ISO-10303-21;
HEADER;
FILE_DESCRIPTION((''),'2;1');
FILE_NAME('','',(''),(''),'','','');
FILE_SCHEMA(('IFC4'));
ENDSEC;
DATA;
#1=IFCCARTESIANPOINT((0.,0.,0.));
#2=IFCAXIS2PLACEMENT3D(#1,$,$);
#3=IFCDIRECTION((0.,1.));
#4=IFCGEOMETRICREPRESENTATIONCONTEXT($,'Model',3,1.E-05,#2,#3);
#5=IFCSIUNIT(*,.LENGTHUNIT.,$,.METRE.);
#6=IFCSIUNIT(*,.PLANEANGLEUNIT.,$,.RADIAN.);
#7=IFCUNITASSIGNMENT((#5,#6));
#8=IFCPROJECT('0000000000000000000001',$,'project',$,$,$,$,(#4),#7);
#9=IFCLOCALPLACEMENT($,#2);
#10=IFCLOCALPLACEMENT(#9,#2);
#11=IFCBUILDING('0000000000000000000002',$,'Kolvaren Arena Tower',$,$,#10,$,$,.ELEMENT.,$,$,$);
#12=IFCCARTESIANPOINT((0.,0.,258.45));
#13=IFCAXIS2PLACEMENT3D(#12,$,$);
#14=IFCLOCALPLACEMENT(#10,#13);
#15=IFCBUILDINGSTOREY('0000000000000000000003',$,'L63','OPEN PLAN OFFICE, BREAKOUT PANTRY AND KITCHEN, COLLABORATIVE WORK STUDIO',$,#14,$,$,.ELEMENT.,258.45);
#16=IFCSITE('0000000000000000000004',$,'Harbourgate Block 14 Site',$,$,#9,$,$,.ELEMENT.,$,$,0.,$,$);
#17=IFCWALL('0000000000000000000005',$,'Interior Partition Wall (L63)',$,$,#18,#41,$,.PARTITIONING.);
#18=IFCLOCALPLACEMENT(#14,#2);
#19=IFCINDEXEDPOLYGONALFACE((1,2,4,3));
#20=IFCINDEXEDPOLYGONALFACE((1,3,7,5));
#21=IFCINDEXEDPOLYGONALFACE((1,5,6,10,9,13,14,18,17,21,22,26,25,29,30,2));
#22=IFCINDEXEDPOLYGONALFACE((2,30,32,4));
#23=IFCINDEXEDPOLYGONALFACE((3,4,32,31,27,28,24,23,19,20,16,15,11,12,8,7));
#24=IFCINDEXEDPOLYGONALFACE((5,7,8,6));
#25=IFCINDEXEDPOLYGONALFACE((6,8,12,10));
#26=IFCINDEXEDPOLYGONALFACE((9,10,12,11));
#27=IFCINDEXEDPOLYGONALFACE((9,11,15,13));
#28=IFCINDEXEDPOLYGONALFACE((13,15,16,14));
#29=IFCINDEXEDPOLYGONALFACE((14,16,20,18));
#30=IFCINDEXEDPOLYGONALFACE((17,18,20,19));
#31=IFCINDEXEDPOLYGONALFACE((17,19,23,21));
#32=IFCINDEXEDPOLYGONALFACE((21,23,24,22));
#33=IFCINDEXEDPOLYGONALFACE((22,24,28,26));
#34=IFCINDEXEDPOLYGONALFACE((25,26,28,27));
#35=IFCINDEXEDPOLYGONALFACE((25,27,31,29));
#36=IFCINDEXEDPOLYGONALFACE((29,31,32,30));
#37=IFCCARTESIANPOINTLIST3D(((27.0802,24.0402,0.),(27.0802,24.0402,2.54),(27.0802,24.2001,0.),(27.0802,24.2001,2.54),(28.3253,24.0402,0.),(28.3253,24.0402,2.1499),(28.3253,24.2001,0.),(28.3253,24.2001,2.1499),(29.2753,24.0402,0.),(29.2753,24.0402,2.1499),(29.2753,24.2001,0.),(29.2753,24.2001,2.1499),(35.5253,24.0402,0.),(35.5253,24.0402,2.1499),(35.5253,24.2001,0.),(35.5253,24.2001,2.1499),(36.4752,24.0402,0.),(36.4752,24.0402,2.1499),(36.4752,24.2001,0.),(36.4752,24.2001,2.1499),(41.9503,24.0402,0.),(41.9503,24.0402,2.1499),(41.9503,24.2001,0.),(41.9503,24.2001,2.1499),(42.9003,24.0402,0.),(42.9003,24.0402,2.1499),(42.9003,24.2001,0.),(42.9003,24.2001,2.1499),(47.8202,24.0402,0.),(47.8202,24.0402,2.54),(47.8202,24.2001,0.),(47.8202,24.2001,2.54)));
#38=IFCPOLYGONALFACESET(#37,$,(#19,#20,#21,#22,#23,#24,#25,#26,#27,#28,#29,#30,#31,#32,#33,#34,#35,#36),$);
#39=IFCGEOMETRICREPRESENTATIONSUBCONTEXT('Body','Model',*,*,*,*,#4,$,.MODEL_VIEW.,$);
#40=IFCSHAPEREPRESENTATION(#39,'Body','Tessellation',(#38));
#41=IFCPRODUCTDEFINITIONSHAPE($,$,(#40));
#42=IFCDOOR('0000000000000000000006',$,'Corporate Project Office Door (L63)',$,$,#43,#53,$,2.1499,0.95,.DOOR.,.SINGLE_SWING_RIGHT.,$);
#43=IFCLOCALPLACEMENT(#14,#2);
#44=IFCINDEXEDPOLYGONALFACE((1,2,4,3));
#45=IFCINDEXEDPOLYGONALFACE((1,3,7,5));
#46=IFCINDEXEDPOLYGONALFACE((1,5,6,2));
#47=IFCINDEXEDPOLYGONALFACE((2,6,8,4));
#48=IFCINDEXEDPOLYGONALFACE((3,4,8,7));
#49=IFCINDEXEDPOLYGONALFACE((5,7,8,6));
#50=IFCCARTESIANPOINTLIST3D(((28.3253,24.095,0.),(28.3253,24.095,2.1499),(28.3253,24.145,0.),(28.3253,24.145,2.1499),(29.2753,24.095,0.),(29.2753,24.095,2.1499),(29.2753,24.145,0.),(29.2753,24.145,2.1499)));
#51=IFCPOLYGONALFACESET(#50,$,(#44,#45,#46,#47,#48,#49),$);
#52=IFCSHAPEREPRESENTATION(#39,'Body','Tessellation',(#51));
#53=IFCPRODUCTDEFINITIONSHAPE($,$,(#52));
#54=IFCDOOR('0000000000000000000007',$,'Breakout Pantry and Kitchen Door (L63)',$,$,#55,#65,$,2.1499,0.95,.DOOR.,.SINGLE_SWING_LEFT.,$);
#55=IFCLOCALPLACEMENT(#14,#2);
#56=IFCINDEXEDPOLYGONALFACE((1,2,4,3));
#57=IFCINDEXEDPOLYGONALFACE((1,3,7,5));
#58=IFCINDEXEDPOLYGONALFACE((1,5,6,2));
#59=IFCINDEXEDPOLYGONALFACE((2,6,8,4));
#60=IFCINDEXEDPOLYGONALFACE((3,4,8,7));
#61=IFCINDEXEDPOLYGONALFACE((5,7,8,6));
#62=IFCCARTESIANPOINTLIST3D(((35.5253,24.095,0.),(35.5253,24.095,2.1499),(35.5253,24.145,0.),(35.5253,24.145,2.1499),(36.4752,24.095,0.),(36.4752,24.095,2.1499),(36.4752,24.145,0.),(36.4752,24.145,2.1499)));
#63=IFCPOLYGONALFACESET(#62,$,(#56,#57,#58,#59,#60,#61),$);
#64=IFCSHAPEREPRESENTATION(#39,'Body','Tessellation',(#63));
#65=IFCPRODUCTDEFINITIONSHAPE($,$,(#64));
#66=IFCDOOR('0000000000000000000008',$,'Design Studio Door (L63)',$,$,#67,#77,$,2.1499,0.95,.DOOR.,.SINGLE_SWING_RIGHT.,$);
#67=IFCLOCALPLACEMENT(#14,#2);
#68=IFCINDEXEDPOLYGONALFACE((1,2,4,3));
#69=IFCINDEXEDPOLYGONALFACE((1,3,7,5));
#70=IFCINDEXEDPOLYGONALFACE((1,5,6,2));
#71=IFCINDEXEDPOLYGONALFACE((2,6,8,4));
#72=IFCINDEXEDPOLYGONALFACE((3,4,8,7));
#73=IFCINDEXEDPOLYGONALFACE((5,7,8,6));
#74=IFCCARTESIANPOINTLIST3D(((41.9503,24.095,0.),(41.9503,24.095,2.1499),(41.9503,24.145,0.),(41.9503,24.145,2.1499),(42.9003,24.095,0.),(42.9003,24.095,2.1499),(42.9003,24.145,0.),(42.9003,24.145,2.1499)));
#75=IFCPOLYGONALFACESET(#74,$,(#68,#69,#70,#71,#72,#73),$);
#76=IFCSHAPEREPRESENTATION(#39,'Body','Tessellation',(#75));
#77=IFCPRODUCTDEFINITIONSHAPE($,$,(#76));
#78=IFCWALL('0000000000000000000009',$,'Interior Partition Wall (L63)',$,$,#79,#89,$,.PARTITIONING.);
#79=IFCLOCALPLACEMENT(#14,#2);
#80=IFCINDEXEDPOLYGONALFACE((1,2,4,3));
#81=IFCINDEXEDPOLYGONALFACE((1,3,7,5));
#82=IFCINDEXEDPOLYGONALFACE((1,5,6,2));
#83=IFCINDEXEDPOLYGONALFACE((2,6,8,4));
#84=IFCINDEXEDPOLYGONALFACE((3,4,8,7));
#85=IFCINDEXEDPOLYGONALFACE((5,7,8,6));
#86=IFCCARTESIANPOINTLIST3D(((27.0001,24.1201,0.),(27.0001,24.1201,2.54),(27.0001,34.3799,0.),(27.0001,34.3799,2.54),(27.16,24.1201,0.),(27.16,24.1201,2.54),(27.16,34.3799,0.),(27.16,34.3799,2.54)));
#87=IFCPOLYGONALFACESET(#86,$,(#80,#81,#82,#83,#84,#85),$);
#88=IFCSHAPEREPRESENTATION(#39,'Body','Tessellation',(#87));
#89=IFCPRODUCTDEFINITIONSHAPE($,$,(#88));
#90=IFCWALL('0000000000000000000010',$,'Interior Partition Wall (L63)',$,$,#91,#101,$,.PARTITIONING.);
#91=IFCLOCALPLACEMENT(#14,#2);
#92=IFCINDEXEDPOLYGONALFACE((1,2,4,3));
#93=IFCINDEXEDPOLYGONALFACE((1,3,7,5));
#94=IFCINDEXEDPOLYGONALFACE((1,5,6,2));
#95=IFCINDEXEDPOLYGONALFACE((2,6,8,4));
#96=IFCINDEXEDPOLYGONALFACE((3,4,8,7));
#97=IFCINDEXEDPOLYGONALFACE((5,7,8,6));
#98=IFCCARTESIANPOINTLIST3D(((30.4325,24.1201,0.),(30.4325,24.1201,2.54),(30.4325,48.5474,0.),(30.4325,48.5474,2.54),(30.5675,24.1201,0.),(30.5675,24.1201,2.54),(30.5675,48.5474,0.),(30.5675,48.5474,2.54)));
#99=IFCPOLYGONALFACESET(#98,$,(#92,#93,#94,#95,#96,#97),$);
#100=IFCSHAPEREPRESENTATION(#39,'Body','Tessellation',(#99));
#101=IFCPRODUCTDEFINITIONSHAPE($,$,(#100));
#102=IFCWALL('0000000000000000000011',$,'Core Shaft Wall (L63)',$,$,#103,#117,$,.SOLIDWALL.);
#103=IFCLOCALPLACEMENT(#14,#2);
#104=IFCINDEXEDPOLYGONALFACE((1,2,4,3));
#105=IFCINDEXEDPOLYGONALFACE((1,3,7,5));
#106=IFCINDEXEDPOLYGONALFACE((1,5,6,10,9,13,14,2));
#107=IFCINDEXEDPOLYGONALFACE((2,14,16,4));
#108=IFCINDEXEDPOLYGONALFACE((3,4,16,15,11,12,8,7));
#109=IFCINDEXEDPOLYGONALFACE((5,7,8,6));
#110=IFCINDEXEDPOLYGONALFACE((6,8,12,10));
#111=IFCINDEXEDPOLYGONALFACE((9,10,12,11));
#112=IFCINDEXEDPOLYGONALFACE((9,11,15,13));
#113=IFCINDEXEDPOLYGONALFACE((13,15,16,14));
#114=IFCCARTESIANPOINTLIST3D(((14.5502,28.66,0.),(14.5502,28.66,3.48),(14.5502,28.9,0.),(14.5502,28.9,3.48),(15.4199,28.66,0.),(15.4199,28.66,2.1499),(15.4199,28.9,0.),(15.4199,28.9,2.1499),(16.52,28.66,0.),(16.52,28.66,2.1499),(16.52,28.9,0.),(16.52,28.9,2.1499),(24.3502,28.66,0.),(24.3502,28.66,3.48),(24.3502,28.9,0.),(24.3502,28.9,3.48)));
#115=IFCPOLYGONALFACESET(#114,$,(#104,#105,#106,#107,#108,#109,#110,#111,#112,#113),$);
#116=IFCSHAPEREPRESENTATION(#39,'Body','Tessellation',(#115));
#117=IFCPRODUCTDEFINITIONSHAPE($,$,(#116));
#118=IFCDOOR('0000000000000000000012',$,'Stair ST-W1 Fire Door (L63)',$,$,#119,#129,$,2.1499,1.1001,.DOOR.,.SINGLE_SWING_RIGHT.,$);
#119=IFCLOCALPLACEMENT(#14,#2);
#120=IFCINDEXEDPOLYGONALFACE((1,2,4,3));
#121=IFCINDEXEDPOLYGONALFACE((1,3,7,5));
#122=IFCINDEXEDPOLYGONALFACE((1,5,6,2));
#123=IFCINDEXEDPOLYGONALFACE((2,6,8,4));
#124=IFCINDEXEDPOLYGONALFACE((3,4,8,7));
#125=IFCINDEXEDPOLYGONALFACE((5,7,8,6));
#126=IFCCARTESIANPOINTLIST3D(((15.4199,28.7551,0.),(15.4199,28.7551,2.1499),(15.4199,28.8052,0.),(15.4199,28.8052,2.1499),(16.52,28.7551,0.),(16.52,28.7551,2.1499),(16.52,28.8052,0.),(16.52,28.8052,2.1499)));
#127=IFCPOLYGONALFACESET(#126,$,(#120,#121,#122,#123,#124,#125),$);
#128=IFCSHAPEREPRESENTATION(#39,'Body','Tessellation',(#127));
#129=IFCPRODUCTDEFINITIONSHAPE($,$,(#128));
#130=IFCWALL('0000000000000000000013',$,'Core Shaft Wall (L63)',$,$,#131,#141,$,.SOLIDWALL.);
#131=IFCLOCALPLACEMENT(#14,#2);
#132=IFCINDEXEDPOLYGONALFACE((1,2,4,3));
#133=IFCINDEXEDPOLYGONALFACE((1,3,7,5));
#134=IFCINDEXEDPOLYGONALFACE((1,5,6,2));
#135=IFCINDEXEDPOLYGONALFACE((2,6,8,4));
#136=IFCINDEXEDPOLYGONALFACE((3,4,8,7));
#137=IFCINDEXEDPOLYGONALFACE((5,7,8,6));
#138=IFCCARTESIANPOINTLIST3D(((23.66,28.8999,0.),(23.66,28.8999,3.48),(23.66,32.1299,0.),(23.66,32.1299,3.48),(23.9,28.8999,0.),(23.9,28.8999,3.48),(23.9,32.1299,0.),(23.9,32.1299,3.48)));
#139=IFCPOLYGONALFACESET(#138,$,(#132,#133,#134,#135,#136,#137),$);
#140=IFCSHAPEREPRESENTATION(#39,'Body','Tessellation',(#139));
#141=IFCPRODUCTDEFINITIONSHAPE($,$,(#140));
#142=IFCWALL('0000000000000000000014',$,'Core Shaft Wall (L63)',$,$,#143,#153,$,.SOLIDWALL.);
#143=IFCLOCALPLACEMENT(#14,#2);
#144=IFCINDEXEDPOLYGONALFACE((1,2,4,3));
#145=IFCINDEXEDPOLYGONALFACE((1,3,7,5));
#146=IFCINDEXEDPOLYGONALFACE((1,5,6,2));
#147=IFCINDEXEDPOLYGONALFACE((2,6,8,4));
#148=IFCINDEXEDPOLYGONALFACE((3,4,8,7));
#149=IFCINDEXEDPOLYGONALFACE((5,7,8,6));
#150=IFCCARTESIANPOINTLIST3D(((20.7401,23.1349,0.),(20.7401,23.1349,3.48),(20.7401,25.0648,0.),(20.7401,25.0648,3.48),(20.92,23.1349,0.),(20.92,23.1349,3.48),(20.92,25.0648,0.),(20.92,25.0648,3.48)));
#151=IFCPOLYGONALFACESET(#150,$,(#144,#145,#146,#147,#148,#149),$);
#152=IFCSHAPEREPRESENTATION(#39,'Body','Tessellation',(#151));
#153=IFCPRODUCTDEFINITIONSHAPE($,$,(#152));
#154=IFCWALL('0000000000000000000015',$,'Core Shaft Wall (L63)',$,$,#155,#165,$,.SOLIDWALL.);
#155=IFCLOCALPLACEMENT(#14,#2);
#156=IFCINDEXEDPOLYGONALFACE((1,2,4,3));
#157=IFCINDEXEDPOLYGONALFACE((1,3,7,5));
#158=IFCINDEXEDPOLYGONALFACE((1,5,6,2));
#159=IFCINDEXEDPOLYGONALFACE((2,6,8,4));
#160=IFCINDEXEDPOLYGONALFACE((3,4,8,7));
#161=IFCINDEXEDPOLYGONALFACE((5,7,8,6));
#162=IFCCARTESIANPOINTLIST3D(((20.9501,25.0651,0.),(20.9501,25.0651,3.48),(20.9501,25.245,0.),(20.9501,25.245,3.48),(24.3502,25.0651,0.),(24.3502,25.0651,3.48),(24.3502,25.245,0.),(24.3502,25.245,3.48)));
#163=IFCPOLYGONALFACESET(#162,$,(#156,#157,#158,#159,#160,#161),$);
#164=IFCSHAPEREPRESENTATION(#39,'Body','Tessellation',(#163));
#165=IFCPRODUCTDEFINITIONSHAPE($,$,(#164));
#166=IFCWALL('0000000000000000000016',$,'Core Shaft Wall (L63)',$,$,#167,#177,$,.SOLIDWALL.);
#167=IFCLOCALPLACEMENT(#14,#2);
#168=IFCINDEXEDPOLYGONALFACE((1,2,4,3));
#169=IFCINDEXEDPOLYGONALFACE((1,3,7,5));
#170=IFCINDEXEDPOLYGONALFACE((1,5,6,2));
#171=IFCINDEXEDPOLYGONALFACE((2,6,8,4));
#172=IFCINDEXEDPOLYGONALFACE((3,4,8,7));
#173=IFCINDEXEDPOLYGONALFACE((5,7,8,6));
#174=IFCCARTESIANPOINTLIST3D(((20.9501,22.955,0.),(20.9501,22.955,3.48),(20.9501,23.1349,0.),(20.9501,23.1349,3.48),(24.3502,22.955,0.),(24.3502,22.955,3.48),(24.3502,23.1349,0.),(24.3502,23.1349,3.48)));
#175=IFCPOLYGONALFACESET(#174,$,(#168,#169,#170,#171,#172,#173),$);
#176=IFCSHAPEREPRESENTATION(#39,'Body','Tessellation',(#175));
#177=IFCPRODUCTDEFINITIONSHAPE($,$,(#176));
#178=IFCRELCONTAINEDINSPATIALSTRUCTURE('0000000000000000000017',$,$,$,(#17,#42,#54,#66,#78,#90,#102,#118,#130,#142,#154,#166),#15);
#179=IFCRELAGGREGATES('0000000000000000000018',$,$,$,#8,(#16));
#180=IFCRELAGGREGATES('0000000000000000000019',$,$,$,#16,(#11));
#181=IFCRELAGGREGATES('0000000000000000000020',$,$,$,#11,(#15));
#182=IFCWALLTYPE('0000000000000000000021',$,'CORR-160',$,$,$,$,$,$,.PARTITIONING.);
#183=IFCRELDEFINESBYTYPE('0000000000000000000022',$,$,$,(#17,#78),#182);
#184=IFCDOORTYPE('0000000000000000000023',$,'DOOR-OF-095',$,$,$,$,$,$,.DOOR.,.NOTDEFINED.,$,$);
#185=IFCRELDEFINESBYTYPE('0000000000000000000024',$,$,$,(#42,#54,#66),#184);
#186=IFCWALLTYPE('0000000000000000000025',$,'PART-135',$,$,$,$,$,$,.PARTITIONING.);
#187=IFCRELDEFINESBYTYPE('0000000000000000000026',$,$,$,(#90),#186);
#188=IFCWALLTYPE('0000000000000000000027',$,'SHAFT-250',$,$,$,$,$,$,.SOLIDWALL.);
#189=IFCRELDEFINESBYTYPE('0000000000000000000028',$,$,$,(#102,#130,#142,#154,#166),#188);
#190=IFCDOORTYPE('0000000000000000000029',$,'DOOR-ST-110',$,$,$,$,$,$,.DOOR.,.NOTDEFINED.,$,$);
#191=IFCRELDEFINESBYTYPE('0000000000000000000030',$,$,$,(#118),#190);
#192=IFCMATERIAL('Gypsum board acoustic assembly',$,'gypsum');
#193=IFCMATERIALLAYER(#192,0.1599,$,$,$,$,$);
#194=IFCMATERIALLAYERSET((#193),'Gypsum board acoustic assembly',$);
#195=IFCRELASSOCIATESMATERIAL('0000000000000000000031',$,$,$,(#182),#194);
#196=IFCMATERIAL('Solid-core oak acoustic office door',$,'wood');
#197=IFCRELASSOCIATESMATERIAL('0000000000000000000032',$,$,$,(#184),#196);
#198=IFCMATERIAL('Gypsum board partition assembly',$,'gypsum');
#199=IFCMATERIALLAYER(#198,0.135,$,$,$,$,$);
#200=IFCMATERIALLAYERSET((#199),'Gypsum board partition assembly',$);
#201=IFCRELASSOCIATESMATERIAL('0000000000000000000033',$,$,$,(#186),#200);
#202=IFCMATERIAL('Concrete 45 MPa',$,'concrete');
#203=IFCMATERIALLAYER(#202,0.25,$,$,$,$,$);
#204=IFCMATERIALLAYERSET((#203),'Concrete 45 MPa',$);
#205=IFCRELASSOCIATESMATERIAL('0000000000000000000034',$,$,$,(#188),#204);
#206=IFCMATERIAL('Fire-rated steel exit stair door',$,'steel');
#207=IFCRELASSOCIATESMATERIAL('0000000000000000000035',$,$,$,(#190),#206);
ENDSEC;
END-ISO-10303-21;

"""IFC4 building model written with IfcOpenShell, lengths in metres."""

from ifc_helpers import new_model, si_unit, direction, frame, frame_2d, origin, place, context, subcontext, project, spatial, rectangle, extrude, material, layer, layer_set, type_object, element, fill, save


model = new_model("IFC4")

# Units and contexts
model_context = context("Model", 3, precision=1e-05, world=origin(), true_north=direction((0.0, 1.0)))
body_context = subcontext(model_context, "Body", "Model", "MODEL_VIEW")
ifc_project = project(units=[si_unit("LENGTHUNIT", "METRE"), si_unit("PLANEANGLEUNIT", "RADIAN")], contexts=[model_context])

# Site, building, storey
site_placement = place(None, origin())
site = spatial("IfcSite", under=ifc_project, at=site_placement, Name="Harbourgate Block 14 Site", CompositionType="ELEMENT", RefElevation=0.0)
building_placement = place(site_placement, origin())
building = spatial("IfcBuilding", under=site, at=building_placement, Name="Kolvaren Arena Tower", CompositionType="ELEMENT")
storey_placement = place(building_placement, frame((0.0, 0.0, 258.45)))
storey = spatial("IfcBuildingStorey", under=building, at=storey_placement, Name="L63", Description="OPEN PLAN OFFICE, BREAKOUT PANTRY AND KITCHEN, COLLABORATIVE WORK STUDIO", CompositionType="ELEMENT", Elevation=258.45)

# Wall, openings, doors
ifc_material_1 = material(Name="Gypsum board acoustic assembly", Category="gypsum")
ifc_layer_1 = layer(ifc_material_1, 0.1599)
ifc_layer_set_1 = layer_set([ifc_layer_1], Name="Gypsum board acoustic assembly")
wall_type_1 = type_object("IfcWallType", Name="CORR-160", PredefinedType="PARTITIONING", material=ifc_layer_set_1)
wall_1_placement = place(storey_placement, frame((27.0801, 24.1201, 0.0), z_axis=(0.0, 0.0, 1.0), x_axis=(1.0, 0.0, 0.0)))
wall_1 = element("IfcWall", 1, at=wall_1_placement, inside=storey, type_object=wall_type_1, Name="Interior Partition Wall (L63)", PredefinedType="PARTITIONING", context=body_context, shape_type="SweptSolid", body=[
    extrude(rectangle(XDim=20.74, YDim=0.1599, at=frame_2d((10.3701, 0.0))), origin(), (0.0, 0.0, 1.0), 2.54),
])
opening_1_placement = place(wall_1_placement, frame((1.2451, 0.0, 0.0)))
opening_1 = element("IfcOpeningElement", 2, at=opening_1_placement, cuts=wall_1, PredefinedType="OPENING", context=body_context, shape_type="SweptSolid", body=[
    extrude(rectangle(XDim=0.95, YDim=2.1499, at=frame_2d((0.4751, 1.075))), frame((0.0, 0.0898, 0.0), z_axis=(0.0, -1.0, 0.0), x_axis=(1.0, 0.0, 0.0)), (0.0, 0.0, 1.0), 0.1799),
])
opening_2_placement = place(wall_1_placement, frame((8.4451, 0.0, 0.0)))
opening_2 = element("IfcOpeningElement", 3, at=opening_2_placement, cuts=wall_1, PredefinedType="OPENING", context=body_context, shape_type="SweptSolid", body=[
    extrude(rectangle(XDim=0.95, YDim=2.1499, at=frame_2d((0.4751, 1.075))), frame((0.0, 0.0898, 0.0), z_axis=(0.0, -1.0, 0.0), x_axis=(1.0, 0.0, 0.0)), (0.0, 0.0, 1.0), 0.1799),
])
opening_3_placement = place(wall_1_placement, frame((14.8701, 0.0, 0.0)))
opening_3 = element("IfcOpeningElement", 4, at=opening_3_placement, cuts=wall_1, PredefinedType="OPENING", context=body_context, shape_type="SweptSolid", body=[
    extrude(rectangle(XDim=0.95, YDim=2.1499, at=frame_2d((0.4751, 1.075))), frame((0.0, 0.0898, 0.0), z_axis=(0.0, -1.0, 0.0), x_axis=(1.0, 0.0, 0.0)), (0.0, 0.0, 1.0), 0.1799),
])
ifc_material_2 = material(Name="Solid-core oak acoustic office door", Category="wood")
door_type_1 = type_object("IfcDoorType", Name="DOOR-OF-095", OperationType="NOTDEFINED", PredefinedType="DOOR", material=ifc_material_2)
door_1_placement = place(opening_1_placement, origin())
door_1 = element("IfcDoor", 5, at=door_1_placement, inside=storey, type_object=door_type_1, Name="Corporate Project Office Door (L63)", OperationType="SINGLE_SWING_RIGHT", OverallHeight=2.1499, OverallWidth=0.95, PredefinedType="DOOR", context=body_context, shape_type="SweptSolid", body=[
    extrude(rectangle(XDim=0.95, YDim=2.1499, at=frame_2d((0.4751, 1.075))), frame((0.0, 0.0249, 0.0), z_axis=(0.0, -1.0, 0.0), x_axis=(1.0, 0.0, 0.0)), (0.0, 0.0, 1.0), 0.05),
])
fill(opening_1, door_1)
door_2_placement = place(opening_2_placement, origin())
door_2 = element("IfcDoor", 6, at=door_2_placement, inside=storey, type_object=door_type_1, Name="Breakout Pantry and Kitchen Door (L63)", OperationType="SINGLE_SWING_LEFT", OverallHeight=2.1499, OverallWidth=0.95, PredefinedType="DOOR", context=body_context, shape_type="SweptSolid", body=[
    extrude(rectangle(XDim=0.95, YDim=2.1499, at=frame_2d((0.4751, 1.075))), frame((0.0, 0.0249, 0.0), z_axis=(0.0, -1.0, 0.0), x_axis=(1.0, 0.0, 0.0)), (0.0, 0.0, 1.0), 0.05),
])
fill(opening_2, door_2)
door_3_placement = place(opening_3_placement, origin())
door_3 = element("IfcDoor", 7, at=door_3_placement, inside=storey, type_object=door_type_1, Name="Design Studio Door (L63)", OperationType="SINGLE_SWING_RIGHT", OverallHeight=2.1499, OverallWidth=0.95, PredefinedType="DOOR", context=body_context, shape_type="SweptSolid", body=[
    extrude(rectangle(XDim=0.95, YDim=2.1499, at=frame_2d((0.4751, 1.075))), frame((0.0, 0.0249, 0.0), z_axis=(0.0, -1.0, 0.0), x_axis=(1.0, 0.0, 0.0)), (0.0, 0.0, 1.0), 0.05),
])
fill(opening_3, door_3)

# Walls
wall_2_placement = place(storey_placement, frame((27.0801, 24.1201, 0.0), z_axis=(0.0, 0.0, 1.0), x_axis=(0.0, 1.0, 0.0)))
element("IfcWall", 8, at=wall_2_placement, inside=storey, type_object=wall_type_1, Name="Interior Partition Wall (L63)", PredefinedType="PARTITIONING", context=body_context, shape_type="SweptSolid", body=[
    extrude(rectangle(XDim=10.2598, YDim=0.1599, at=frame_2d((5.1299, 0.0))), origin(), (0.0, 0.0, 1.0), 2.54),
])
ifc_material_3 = material(Name="Gypsum board partition assembly", Category="gypsum")
ifc_layer_2 = layer(ifc_material_3, 0.135)
ifc_layer_set_2 = layer_set([ifc_layer_2], Name="Gypsum board partition assembly")
wall_type_2 = type_object("IfcWallType", Name="PART-135", PredefinedType="PARTITIONING", material=ifc_layer_set_2)
wall_3_placement = place(storey_placement, frame((30.5, 24.1201, 0.0), z_axis=(0.0, 0.0, 1.0), x_axis=(0.0, 1.0, 0.0)))
element("IfcWall", 9, at=wall_3_placement, inside=storey, type_object=wall_type_2, Name="Interior Partition Wall (L63)", PredefinedType="PARTITIONING", context=body_context, shape_type="SweptSolid", body=[
    extrude(rectangle(XDim=24.4272, YDim=0.135, at=frame_2d((12.2136, 0.0))), origin(), (0.0, 0.0, 1.0), 2.54),
])

# Wall, opening, door
ifc_material_4 = material(Name="Concrete 45 MPa", Category="concrete")
ifc_layer_3 = layer(ifc_material_4, 0.25)
ifc_layer_set_3 = layer_set([ifc_layer_3], Name="Concrete 45 MPa")
wall_type_3 = type_object("IfcWallType", Name="SHAFT-250", PredefinedType="SOLIDWALL", material=ifc_layer_set_3)
wall_4_placement = place(storey_placement, frame((24.3501, 28.78, 0.0), z_axis=(0.0, 0.0, 1.0), x_axis=(-1.0, 0.0, 0.0)))
wall_4 = element("IfcWall", 10, at=wall_4_placement, inside=storey, type_object=wall_type_3, Name="Core Shaft Wall (L63)", PredefinedType="SOLIDWALL", context=body_context, shape_type="SweptSolid", body=[
    extrude(rectangle(XDim=9.8, YDim=0.24, at=frame_2d((4.8999, 0.0))), origin(), (0.0, 0.0, 1.0), 3.48),
])
opening_4_placement = place(wall_4_placement, frame((7.8301, 0.0, 0.0)))
opening_4 = element("IfcOpeningElement", 11, at=opening_4_placement, cuts=wall_4, PredefinedType="OPENING", context=body_context, shape_type="SweptSolid", body=[
    extrude(rectangle(XDim=1.1001, YDim=2.1499, at=frame_2d((0.55, 1.075))), frame((0.0, 0.1299, 0.0), z_axis=(0.0, -1.0, 0.0), x_axis=(1.0, 0.0, 0.0)), (0.0, 0.0, 1.0), 0.26),
])
ifc_material_5 = material(Name="Fire-rated steel exit stair door", Category="steel")
door_type_2 = type_object("IfcDoorType", Name="DOOR-ST-110", OperationType="NOTDEFINED", PredefinedType="DOOR", material=ifc_material_5)
door_4_placement = place(opening_4_placement, origin())
door_4 = element("IfcDoor", 12, at=door_4_placement, inside=storey, type_object=door_type_2, Name="Stair ST-W1 Fire Door (L63)", OperationType="SINGLE_SWING_RIGHT", OverallHeight=2.1499, OverallWidth=1.1001, PredefinedType="DOOR", context=body_context, shape_type="SweptSolid", body=[
    extrude(rectangle(XDim=1.1001, YDim=2.1499, at=frame_2d((0.55, 1.075))), frame((0.0, 0.0249, 0.0), z_axis=(0.0, -1.0, 0.0), x_axis=(1.0, 0.0, 0.0)), (0.0, 0.0, 1.0), 0.05),
])
fill(opening_4, door_4)

# Walls
wall_5_placement = place(storey_placement, frame((23.78, 28.8999, 0.0), z_axis=(0.0, 0.0, 1.0), x_axis=(0.0, 1.0, 0.0)))
element("IfcWall", 13, at=wall_5_placement, inside=storey, type_object=wall_type_3, Name="Core Shaft Wall (L63)", PredefinedType="SOLIDWALL", context=body_context, shape_type="SweptSolid", body=[
    extrude(rectangle(XDim=3.23, YDim=0.24, at=frame_2d((1.615, 0.0))), origin(), (0.0, 0.0, 1.0), 3.48),
])
wall_6_placement = place(storey_placement, frame((20.8301, 23.135, 0.0), z_axis=(0.0, 0.0, 1.0), x_axis=(0.0, 1.0, 0.0)))
element("IfcWall", 14, at=wall_6_placement, inside=storey, type_object=wall_type_3, Name="Core Shaft Wall (L63)", PredefinedType="SOLIDWALL", context=body_context, shape_type="SweptSolid", body=[
    extrude(rectangle(XDim=1.9299, YDim=0.1799, at=frame_2d((0.9648, 0.0))), origin(), (0.0, 0.0, 1.0), 3.48),
])
for number, where, z_axis, x_axis, name in (
    (15, (20.95, 25.155, 0.0), (0.0, 0.0, 1.0), (1.0, 0.0, 0.0), "Core Shaft Wall (L63)"),
    (16, (20.95, 23.0449, 0.0), (0.0, 0.0, 1.0), (1.0, 0.0, 0.0), "Core Shaft Wall (L63)"),
):
    element("IfcWall", number, at=place(storey_placement, frame(where, z_axis=z_axis, x_axis=x_axis)), inside=storey, type_object=wall_type_3, Name=name, PredefinedType="SOLIDWALL", context=body_context, shape_type="SweptSolid", body=[
        extrude(rectangle(XDim=3.4001, YDim=0.1799, at=frame_2d((1.7002, 0.0))), origin(), (0.0, 0.0, 1.0), 3.48),
    ])

save(model, "model.ifc")
